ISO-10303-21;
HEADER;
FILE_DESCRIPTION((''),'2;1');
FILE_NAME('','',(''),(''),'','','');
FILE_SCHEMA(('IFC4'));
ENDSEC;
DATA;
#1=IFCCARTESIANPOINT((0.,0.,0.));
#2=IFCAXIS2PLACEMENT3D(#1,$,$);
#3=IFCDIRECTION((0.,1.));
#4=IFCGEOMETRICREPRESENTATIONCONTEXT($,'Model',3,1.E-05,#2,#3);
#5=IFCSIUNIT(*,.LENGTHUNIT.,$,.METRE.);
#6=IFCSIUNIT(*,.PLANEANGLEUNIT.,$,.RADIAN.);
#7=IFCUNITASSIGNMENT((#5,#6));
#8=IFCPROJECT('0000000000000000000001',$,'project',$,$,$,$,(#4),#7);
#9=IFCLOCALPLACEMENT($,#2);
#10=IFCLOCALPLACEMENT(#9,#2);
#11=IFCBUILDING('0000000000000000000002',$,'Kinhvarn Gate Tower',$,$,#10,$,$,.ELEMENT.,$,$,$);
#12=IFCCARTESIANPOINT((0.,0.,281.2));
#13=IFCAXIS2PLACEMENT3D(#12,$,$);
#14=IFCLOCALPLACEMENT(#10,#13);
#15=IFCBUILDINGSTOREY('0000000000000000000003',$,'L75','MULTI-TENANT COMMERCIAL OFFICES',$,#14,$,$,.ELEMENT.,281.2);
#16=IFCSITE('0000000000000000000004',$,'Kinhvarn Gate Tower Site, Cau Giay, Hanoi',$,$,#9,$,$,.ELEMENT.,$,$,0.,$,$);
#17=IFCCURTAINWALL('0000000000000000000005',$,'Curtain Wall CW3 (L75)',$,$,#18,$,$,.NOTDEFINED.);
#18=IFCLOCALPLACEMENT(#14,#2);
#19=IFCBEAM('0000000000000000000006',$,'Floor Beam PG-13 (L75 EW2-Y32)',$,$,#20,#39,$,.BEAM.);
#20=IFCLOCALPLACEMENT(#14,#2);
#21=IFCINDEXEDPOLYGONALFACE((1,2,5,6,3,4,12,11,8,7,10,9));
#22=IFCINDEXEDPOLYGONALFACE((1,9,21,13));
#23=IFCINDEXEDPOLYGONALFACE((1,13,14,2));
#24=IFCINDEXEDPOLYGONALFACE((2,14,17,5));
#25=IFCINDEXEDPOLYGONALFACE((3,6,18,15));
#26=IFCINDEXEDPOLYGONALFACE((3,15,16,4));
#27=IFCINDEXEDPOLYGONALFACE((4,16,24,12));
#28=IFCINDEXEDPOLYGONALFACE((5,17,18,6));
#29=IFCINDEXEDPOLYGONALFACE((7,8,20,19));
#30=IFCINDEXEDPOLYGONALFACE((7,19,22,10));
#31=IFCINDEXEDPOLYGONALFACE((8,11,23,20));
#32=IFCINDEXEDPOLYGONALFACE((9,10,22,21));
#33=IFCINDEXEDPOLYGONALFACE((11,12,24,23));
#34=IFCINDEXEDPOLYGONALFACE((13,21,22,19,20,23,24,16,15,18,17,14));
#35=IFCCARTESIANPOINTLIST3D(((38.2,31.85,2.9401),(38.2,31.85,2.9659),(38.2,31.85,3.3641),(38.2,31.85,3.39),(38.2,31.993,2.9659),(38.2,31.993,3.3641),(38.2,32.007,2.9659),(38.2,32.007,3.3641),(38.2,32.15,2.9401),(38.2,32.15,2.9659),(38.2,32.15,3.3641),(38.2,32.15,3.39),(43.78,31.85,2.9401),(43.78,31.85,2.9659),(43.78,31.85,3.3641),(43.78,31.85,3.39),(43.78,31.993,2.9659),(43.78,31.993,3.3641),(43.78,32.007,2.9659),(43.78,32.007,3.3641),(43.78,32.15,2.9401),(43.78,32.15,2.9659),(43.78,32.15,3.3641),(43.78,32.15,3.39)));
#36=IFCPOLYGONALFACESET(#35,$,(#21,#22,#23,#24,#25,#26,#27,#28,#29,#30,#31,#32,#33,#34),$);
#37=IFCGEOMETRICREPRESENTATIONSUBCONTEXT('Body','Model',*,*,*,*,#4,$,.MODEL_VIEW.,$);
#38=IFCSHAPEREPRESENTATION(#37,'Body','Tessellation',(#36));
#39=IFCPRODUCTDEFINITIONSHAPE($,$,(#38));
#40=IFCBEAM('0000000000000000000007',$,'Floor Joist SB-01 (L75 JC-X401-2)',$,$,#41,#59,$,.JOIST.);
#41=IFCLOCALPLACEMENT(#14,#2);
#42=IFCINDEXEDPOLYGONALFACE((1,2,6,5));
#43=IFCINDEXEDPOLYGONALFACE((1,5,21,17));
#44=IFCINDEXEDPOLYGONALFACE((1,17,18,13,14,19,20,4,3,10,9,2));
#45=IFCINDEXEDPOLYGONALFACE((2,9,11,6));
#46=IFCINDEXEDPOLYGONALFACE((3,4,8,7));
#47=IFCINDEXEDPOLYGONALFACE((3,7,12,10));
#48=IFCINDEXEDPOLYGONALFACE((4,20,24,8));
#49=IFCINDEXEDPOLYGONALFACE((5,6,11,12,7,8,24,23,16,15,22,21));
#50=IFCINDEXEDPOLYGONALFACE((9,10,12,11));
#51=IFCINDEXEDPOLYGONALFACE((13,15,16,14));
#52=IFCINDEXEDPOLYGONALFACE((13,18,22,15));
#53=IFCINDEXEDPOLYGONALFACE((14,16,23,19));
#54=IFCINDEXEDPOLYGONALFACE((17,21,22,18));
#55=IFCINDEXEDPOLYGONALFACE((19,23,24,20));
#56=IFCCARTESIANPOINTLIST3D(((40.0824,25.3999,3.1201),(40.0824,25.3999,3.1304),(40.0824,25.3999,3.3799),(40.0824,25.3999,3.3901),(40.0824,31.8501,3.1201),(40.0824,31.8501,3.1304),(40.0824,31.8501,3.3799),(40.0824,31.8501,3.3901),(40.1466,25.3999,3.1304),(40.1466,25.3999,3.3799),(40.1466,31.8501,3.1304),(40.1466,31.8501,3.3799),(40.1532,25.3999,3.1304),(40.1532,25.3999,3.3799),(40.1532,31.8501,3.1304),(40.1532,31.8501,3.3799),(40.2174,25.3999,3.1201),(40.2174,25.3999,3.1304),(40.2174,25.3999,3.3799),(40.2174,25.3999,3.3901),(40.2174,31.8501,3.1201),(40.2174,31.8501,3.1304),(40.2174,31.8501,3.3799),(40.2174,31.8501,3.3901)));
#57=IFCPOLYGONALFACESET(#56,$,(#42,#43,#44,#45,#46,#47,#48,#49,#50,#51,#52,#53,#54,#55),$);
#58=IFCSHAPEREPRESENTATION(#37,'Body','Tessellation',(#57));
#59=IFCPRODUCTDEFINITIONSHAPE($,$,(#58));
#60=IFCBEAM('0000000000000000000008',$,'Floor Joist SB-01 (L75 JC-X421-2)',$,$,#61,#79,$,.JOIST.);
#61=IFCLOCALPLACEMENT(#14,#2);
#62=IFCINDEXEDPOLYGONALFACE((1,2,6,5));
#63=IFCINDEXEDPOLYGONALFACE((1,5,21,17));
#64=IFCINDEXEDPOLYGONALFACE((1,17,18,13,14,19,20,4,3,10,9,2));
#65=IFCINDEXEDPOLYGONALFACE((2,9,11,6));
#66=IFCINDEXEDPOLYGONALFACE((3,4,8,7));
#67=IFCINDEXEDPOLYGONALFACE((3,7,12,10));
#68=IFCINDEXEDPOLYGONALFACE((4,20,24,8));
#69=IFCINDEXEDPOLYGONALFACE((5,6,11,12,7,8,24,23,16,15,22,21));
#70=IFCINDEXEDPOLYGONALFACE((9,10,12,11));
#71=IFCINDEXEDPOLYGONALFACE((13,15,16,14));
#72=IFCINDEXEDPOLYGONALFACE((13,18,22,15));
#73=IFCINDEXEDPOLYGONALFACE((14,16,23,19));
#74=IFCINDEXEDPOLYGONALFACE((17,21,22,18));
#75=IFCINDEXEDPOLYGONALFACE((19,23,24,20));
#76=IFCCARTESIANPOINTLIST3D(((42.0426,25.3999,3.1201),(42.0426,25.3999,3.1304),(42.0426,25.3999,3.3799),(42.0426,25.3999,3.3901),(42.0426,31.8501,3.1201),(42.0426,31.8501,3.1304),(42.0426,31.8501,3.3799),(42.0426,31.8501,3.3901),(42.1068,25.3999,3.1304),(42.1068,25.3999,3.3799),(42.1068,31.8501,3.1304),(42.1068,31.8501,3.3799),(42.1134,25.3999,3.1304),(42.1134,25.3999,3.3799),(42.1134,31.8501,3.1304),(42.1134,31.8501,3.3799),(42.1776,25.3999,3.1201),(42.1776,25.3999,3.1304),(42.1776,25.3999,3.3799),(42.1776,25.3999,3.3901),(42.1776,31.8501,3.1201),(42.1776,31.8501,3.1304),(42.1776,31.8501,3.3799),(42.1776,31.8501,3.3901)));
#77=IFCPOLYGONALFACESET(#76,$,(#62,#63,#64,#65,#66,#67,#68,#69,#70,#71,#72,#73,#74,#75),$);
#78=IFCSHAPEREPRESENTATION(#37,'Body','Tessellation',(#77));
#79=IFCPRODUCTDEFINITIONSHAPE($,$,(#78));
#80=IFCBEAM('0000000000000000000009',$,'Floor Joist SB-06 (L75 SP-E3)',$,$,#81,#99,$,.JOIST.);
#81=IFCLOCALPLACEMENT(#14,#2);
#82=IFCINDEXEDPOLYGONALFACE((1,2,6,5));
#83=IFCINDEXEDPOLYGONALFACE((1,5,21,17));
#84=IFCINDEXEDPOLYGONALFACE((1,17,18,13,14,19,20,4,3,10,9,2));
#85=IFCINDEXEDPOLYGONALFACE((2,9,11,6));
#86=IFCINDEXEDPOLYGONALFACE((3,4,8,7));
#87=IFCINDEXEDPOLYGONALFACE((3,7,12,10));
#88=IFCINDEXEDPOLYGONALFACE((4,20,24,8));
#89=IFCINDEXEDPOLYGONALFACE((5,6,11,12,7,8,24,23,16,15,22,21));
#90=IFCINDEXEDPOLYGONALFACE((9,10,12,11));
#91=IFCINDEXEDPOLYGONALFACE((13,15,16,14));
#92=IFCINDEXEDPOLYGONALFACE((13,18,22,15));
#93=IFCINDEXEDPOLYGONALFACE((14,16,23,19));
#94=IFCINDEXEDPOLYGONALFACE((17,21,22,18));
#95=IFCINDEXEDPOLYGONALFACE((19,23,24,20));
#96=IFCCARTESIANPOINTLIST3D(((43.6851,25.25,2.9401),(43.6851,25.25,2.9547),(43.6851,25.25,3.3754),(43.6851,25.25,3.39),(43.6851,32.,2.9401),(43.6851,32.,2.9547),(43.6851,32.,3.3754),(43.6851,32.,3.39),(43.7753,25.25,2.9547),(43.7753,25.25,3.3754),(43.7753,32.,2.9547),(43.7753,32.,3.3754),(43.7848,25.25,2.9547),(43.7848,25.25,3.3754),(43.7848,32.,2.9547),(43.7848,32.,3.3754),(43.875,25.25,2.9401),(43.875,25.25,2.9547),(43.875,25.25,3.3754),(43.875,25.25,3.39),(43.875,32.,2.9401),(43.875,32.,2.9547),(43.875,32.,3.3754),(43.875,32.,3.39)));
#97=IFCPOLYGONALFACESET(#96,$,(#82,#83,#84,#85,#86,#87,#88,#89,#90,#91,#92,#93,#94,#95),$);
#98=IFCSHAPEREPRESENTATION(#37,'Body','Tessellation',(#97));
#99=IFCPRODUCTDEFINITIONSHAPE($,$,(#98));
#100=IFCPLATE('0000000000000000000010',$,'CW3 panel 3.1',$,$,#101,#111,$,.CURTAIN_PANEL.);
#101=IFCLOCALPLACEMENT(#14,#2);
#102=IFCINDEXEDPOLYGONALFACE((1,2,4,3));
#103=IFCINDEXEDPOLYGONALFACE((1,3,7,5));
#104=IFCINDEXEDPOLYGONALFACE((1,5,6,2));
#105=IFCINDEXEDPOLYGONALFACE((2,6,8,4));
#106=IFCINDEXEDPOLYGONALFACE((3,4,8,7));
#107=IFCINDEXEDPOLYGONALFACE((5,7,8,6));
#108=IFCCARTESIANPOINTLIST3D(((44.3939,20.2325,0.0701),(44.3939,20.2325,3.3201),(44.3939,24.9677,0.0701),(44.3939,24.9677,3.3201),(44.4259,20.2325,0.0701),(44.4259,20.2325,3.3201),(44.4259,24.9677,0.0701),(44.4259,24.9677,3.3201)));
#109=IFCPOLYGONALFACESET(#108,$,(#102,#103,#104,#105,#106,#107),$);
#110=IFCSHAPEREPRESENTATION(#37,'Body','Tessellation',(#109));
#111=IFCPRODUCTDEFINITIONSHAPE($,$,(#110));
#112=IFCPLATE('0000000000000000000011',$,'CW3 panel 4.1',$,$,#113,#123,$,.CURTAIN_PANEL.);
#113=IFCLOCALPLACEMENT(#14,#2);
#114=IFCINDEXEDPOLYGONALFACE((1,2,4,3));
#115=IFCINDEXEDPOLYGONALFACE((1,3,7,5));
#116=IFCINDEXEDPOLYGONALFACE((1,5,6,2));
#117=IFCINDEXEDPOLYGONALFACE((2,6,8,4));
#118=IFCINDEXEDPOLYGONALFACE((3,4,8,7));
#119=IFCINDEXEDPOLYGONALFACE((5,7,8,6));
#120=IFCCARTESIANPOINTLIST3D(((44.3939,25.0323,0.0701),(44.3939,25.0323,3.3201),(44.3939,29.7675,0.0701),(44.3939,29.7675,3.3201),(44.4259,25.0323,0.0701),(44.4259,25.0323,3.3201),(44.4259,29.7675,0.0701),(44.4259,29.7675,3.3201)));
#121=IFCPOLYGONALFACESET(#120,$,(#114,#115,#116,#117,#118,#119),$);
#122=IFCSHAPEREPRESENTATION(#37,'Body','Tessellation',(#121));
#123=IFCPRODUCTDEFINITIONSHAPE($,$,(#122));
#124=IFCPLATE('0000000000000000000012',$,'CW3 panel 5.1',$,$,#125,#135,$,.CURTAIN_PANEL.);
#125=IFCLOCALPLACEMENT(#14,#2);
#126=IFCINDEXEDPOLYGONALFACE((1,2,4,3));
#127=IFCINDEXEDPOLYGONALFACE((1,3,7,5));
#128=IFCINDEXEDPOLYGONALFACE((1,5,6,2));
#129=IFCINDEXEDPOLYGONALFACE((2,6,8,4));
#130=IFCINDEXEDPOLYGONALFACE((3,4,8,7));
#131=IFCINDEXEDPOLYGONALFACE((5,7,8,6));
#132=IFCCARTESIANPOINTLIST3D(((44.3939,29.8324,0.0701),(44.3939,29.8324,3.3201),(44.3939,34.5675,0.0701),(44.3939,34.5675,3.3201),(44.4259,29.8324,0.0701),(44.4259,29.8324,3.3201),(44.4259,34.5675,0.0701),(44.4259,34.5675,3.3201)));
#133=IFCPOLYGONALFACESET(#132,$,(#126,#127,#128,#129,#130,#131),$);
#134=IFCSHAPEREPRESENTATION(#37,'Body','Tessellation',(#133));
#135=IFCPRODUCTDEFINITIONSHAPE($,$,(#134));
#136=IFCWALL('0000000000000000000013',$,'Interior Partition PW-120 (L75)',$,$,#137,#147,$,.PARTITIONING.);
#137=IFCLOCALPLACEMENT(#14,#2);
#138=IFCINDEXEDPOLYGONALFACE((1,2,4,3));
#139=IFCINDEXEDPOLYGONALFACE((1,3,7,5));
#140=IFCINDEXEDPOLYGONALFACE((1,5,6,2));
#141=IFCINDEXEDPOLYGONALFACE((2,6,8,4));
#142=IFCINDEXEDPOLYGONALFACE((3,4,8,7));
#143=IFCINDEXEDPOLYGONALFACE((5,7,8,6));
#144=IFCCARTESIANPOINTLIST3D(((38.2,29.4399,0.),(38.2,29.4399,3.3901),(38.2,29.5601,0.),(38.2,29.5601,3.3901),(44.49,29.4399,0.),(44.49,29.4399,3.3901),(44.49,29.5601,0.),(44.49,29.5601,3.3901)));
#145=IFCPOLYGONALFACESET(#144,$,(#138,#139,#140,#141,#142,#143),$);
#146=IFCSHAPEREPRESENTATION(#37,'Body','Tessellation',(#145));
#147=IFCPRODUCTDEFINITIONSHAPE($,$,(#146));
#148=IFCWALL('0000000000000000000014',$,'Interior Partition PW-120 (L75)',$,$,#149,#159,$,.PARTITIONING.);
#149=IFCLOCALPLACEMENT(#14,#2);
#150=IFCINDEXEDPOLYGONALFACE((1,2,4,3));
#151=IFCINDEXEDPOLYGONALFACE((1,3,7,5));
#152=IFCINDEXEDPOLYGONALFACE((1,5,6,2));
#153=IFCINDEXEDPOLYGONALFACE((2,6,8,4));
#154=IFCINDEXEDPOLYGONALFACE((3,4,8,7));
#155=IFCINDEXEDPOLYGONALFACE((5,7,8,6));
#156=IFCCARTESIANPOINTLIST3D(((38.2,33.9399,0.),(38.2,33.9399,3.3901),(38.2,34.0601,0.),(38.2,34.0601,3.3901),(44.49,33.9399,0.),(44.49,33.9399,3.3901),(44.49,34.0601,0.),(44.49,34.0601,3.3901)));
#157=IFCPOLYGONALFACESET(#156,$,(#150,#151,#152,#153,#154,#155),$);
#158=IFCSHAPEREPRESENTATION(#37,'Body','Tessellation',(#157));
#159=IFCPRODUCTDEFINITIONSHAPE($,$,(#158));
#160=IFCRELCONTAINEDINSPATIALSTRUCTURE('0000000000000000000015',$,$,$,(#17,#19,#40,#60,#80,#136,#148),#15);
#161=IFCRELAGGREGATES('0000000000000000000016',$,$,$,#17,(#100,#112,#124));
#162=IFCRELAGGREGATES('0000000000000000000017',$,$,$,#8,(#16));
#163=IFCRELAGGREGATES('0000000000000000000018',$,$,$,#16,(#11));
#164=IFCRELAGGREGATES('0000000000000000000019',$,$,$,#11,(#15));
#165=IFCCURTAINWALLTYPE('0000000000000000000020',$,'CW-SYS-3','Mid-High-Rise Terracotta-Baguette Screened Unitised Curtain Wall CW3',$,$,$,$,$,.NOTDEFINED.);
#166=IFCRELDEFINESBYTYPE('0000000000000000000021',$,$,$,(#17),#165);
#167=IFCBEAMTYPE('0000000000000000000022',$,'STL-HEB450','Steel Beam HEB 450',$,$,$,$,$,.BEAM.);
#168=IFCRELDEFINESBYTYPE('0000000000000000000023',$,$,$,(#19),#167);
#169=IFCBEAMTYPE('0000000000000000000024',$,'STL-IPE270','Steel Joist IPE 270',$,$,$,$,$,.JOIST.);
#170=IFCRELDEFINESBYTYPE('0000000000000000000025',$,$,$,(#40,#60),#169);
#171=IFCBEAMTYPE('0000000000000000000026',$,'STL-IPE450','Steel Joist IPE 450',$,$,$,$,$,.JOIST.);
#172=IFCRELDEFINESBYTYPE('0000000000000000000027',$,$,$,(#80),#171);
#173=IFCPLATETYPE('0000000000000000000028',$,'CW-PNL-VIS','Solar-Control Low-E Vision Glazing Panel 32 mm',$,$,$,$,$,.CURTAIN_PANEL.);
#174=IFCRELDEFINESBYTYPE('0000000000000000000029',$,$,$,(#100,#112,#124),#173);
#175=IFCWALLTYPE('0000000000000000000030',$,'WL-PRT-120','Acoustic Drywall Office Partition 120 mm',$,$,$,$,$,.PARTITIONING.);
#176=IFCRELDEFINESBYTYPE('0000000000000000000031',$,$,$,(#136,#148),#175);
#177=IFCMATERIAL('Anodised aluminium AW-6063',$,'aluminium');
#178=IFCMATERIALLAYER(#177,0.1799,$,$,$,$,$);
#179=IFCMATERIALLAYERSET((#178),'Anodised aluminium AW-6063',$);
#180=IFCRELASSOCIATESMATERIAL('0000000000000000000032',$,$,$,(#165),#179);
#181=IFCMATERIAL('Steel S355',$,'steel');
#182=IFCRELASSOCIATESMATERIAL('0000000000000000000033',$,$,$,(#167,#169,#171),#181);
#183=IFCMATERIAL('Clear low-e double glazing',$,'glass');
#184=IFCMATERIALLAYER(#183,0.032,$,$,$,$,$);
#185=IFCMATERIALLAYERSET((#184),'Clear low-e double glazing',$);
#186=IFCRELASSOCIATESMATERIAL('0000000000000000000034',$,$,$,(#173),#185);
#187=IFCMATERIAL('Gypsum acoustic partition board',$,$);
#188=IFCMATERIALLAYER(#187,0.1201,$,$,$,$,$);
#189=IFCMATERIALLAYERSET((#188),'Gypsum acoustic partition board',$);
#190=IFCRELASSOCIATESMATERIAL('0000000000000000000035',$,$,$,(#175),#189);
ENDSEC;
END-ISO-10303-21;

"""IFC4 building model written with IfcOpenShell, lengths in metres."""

from ifc_helpers import new_model, si_unit, direction, frame, frame_2d, origin, origin_2d, place, context, subcontext, project, spatial, rectangle, i_section, extrude, material, layer, layer_set, material_profile, profile_set, type_object, element, aggregate, save


model = new_model("IFC4")

# Units and contexts
model_context = context("Model", 3, precision=1e-05, world=origin(), true_north=direction((0.0, 1.0)))
body_context = subcontext(model_context, "Body", "Model", "MODEL_VIEW")
ifc_project = project(units=[si_unit("LENGTHUNIT", "METRE"), si_unit("PLANEANGLEUNIT", "RADIAN")], contexts=[model_context])

# Site, building, storey
site_placement = place(None, origin())
site = spatial("IfcSite", under=ifc_project, at=site_placement, Name="Kinhvarn Gate Tower Site, Cau Giay, Hanoi", CompositionType="ELEMENT", RefElevation=0.0)
building_placement = place(site_placement, origin())
building = spatial("IfcBuilding", under=site, at=building_placement, Name="Kinhvarn Gate Tower", CompositionType="ELEMENT")
storey_placement = place(building_placement, frame((0.0, 0.0, 281.2)))
storey = spatial("IfcBuildingStorey", under=building, at=storey_placement, Name="L75", Description="MULTI-TENANT COMMERCIAL OFFICES", CompositionType="ELEMENT", Elevation=281.2)

# Curtain wall
ifc_material_1 = material(Name="Anodised aluminium AW-6063", Category="aluminium")
ifc_layer_1 = layer(ifc_material_1, 0.1799)
ifc_layer_set_1 = layer_set([ifc_layer_1], Name="Anodised aluminium AW-6063")
curtain_wall_type = type_object("IfcCurtainWallType", Name="CW-SYS-3", Description="Mid-High-Rise Terracotta-Baguette Screened Unitised Curtain Wall CW3", PredefinedType="NOTDEFINED", material=ifc_layer_set_1)
curtain_wall_placement = place(storey_placement, origin())
curtain_wall = element("IfcCurtainWall", 1, at=curtain_wall_placement, inside=storey, type_object=curtain_wall_type, Name="Curtain Wall CW3 (L75)", PredefinedType="NOTDEFINED")

# Beams
ifc_material_2 = material(Name="Steel S355", Category="steel")
ifc_material_profile_1 = material_profile(ifc_material_2, i_section(OverallWidth=0.3, OverallDepth=0.45, WebThickness=0.0139, FlangeThickness=0.0259, at=origin_2d()), Name="HEB 450")
ifc_profile_set_1 = profile_set([ifc_material_profile_1], Name="Steel S355")
beam_type_1 = type_object("IfcBeamType", Name="STL-HEB450", Description="Steel Beam HEB 450", PredefinedType="BEAM", material=ifc_profile_set_1)
beam_1_placement = place(storey_placement, frame((38.2, 32.0, 3.165), z_axis=(1.0, 0.0, 0.0), x_axis=(0.0, 1.0, 0.0)))
element("IfcBeam", 2, at=beam_1_placement, inside=storey, type_object=beam_type_1, Name="Floor Beam PG-13 (L75 EW2-Y32)", PredefinedType="BEAM", context=body_context, shape_type="SweptSolid", body=[
    extrude(i_section(OverallWidth=0.3, OverallDepth=0.45, WebThickness=0.0139, FlangeThickness=0.0259, at=origin_2d()), origin(), (0.0, 0.0, 1.0), 5.5801),
])
ifc_material_profile_2 = material_profile(ifc_material_2, i_section(OverallWidth=0.135, OverallDepth=0.27, WebThickness=0.0066, FlangeThickness=0.0103, at=origin_2d()), Name="IPE 270")
ifc_profile_set_2 = profile_set([ifc_material_profile_2], Name="Steel S355")
beam_type_2 = type_object("IfcBeamType", Name="STL-IPE270", Description="Steel Joist IPE 270", PredefinedType="JOIST", material=ifc_profile_set_2)
for number, where, z_axis, x_axis, name in (
    (3, (40.1499, 25.3999, 3.2551), (0.0, 1.0, 0.0), (-1.0, 0.0, 0.0), "Floor Joist SB-01 (L75 JC-X401-2)"),
    (4, (42.1101, 25.3999, 3.2551), (0.0, 1.0, 0.0), (-1.0, 0.0, 0.0), "Floor Joist SB-01 (L75 JC-X421-2)"),
):
    element("IfcBeam", number, at=place(storey_placement, frame(where, z_axis=z_axis, x_axis=x_axis)), inside=storey, type_object=beam_type_2, Name=name, PredefinedType="JOIST", context=body_context, shape_type="SweptSolid", body=[
        extrude(i_section(OverallWidth=0.135, OverallDepth=0.27, WebThickness=0.0066, FlangeThickness=0.0103, at=origin_2d()), origin(), (0.0, 0.0, 1.0), 6.4502),
    ])
ifc_material_profile_3 = material_profile(ifc_material_2, i_section(OverallWidth=0.1899, OverallDepth=0.45, WebThickness=0.0095, FlangeThickness=0.0146, at=origin_2d()), Name="IPE 450")
ifc_profile_set_3 = profile_set([ifc_material_profile_3], Name="Steel S355")
beam_type_3 = type_object("IfcBeamType", Name="STL-IPE450", Description="Steel Joist IPE 450", PredefinedType="JOIST", material=ifc_profile_set_3)
beam_2_placement = place(storey_placement, frame((43.78, 25.25, 3.165), z_axis=(0.0, 1.0, 0.0), x_axis=(-1.0, 0.0, 0.0)))
element("IfcBeam", 5, at=beam_2_placement, inside=storey, type_object=beam_type_3, Name="Floor Joist SB-06 (L75 SP-E3)", PredefinedType="JOIST", context=body_context, shape_type="SweptSolid", body=[
    extrude(i_section(OverallWidth=0.1899, OverallDepth=0.45, WebThickness=0.0095, FlangeThickness=0.0146, at=origin_2d()), origin(), (0.0, 0.0, 1.0), 6.75),
])

# Plates
ifc_material_3 = material(Name="Clear low-e double glazing", Category="glass")
ifc_layer_2 = layer(ifc_material_3, 0.032)
ifc_layer_set_2 = layer_set([ifc_layer_2], Name="Clear low-e double glazing")
plate_type = type_object("IfcPlateType", Name="CW-PNL-VIS", Description="Solar-Control Low-E Vision Glazing Panel 32 mm", PredefinedType="CURTAIN_PANEL", material=ifc_layer_set_2)
plate_1_placement = place(storey_placement, frame((44.4099, 22.6001, 0.0701), z_axis=(0.0, 0.0, 1.0), x_axis=(0.0, 1.0, 0.0)))
plate_1 = element("IfcPlate", 6, at=plate_1_placement, type_object=plate_type, Name="CW3 panel 3.1", PredefinedType="CURTAIN_PANEL", context=body_context, shape_type="SweptSolid", body=[
    extrude(rectangle(XDim=4.7351, YDim=0.032, at=origin_2d()), origin(), (0.0, 0.0, 1.0), 3.25),
])
plate_2_placement = place(storey_placement, frame((44.4099, 27.3999, 0.0701), z_axis=(0.0, 0.0, 1.0), x_axis=(0.0, 1.0, 0.0)))
plate_2 = element("IfcPlate", 7, at=plate_2_placement, type_object=plate_type, Name="CW3 panel 4.1", PredefinedType="CURTAIN_PANEL", context=body_context, shape_type="SweptSolid", body=[
    extrude(rectangle(XDim=4.7351, YDim=0.032, at=origin_2d()), origin(), (0.0, 0.0, 1.0), 3.25),
])
plate_3_placement = place(storey_placement, frame((44.4099, 32.2, 0.0701), z_axis=(0.0, 0.0, 1.0), x_axis=(0.0, 1.0, 0.0)))
plate_3 = element("IfcPlate", 8, at=plate_3_placement, type_object=plate_type, Name="CW3 panel 5.1", PredefinedType="CURTAIN_PANEL", context=body_context, shape_type="SweptSolid", body=[
    extrude(rectangle(XDim=4.7351, YDim=0.032, at=origin_2d()), origin(), (0.0, 0.0, 1.0), 3.25),
])
aggregate(curtain_wall, [plate_1, plate_2, plate_3])

# Walls
ifc_material_4 = material(Name="Gypsum acoustic partition board")
ifc_layer_3 = layer(ifc_material_4, 0.1201)
ifc_layer_set_3 = layer_set([ifc_layer_3], Name="Gypsum acoustic partition board")
wall_type_1 = type_object("IfcWallType", Name="WL-PRT-120", Description="Acoustic Drywall Office Partition 120 mm", PredefinedType="PARTITIONING", material=ifc_layer_set_3)
for number, where, z_axis, x_axis, name in (
    (9, (38.2, 29.5, 0.0), (0.0, 0.0, 1.0), (1.0, 0.0, 0.0), "Interior Partition PW-120 (L75)"),
    (10, (38.2, 34.0, 0.0), (0.0, 0.0, 1.0), (1.0, 0.0, 0.0), "Interior Partition PW-120 (L75)"),
):
    element("IfcWall", number, at=place(storey_placement, frame(where, z_axis=z_axis, x_axis=x_axis)), inside=storey, type_object=wall_type_1, Name=name, PredefinedType="PARTITIONING", context=body_context, shape_type="SweptSolid", body=[
        extrude(rectangle(XDim=6.29, YDim=0.1201, at=frame_2d((3.145, 0.0))), origin(), (0.0, 0.0, 1.0), 3.3901),
    ])

save(model, "model.ifc")
